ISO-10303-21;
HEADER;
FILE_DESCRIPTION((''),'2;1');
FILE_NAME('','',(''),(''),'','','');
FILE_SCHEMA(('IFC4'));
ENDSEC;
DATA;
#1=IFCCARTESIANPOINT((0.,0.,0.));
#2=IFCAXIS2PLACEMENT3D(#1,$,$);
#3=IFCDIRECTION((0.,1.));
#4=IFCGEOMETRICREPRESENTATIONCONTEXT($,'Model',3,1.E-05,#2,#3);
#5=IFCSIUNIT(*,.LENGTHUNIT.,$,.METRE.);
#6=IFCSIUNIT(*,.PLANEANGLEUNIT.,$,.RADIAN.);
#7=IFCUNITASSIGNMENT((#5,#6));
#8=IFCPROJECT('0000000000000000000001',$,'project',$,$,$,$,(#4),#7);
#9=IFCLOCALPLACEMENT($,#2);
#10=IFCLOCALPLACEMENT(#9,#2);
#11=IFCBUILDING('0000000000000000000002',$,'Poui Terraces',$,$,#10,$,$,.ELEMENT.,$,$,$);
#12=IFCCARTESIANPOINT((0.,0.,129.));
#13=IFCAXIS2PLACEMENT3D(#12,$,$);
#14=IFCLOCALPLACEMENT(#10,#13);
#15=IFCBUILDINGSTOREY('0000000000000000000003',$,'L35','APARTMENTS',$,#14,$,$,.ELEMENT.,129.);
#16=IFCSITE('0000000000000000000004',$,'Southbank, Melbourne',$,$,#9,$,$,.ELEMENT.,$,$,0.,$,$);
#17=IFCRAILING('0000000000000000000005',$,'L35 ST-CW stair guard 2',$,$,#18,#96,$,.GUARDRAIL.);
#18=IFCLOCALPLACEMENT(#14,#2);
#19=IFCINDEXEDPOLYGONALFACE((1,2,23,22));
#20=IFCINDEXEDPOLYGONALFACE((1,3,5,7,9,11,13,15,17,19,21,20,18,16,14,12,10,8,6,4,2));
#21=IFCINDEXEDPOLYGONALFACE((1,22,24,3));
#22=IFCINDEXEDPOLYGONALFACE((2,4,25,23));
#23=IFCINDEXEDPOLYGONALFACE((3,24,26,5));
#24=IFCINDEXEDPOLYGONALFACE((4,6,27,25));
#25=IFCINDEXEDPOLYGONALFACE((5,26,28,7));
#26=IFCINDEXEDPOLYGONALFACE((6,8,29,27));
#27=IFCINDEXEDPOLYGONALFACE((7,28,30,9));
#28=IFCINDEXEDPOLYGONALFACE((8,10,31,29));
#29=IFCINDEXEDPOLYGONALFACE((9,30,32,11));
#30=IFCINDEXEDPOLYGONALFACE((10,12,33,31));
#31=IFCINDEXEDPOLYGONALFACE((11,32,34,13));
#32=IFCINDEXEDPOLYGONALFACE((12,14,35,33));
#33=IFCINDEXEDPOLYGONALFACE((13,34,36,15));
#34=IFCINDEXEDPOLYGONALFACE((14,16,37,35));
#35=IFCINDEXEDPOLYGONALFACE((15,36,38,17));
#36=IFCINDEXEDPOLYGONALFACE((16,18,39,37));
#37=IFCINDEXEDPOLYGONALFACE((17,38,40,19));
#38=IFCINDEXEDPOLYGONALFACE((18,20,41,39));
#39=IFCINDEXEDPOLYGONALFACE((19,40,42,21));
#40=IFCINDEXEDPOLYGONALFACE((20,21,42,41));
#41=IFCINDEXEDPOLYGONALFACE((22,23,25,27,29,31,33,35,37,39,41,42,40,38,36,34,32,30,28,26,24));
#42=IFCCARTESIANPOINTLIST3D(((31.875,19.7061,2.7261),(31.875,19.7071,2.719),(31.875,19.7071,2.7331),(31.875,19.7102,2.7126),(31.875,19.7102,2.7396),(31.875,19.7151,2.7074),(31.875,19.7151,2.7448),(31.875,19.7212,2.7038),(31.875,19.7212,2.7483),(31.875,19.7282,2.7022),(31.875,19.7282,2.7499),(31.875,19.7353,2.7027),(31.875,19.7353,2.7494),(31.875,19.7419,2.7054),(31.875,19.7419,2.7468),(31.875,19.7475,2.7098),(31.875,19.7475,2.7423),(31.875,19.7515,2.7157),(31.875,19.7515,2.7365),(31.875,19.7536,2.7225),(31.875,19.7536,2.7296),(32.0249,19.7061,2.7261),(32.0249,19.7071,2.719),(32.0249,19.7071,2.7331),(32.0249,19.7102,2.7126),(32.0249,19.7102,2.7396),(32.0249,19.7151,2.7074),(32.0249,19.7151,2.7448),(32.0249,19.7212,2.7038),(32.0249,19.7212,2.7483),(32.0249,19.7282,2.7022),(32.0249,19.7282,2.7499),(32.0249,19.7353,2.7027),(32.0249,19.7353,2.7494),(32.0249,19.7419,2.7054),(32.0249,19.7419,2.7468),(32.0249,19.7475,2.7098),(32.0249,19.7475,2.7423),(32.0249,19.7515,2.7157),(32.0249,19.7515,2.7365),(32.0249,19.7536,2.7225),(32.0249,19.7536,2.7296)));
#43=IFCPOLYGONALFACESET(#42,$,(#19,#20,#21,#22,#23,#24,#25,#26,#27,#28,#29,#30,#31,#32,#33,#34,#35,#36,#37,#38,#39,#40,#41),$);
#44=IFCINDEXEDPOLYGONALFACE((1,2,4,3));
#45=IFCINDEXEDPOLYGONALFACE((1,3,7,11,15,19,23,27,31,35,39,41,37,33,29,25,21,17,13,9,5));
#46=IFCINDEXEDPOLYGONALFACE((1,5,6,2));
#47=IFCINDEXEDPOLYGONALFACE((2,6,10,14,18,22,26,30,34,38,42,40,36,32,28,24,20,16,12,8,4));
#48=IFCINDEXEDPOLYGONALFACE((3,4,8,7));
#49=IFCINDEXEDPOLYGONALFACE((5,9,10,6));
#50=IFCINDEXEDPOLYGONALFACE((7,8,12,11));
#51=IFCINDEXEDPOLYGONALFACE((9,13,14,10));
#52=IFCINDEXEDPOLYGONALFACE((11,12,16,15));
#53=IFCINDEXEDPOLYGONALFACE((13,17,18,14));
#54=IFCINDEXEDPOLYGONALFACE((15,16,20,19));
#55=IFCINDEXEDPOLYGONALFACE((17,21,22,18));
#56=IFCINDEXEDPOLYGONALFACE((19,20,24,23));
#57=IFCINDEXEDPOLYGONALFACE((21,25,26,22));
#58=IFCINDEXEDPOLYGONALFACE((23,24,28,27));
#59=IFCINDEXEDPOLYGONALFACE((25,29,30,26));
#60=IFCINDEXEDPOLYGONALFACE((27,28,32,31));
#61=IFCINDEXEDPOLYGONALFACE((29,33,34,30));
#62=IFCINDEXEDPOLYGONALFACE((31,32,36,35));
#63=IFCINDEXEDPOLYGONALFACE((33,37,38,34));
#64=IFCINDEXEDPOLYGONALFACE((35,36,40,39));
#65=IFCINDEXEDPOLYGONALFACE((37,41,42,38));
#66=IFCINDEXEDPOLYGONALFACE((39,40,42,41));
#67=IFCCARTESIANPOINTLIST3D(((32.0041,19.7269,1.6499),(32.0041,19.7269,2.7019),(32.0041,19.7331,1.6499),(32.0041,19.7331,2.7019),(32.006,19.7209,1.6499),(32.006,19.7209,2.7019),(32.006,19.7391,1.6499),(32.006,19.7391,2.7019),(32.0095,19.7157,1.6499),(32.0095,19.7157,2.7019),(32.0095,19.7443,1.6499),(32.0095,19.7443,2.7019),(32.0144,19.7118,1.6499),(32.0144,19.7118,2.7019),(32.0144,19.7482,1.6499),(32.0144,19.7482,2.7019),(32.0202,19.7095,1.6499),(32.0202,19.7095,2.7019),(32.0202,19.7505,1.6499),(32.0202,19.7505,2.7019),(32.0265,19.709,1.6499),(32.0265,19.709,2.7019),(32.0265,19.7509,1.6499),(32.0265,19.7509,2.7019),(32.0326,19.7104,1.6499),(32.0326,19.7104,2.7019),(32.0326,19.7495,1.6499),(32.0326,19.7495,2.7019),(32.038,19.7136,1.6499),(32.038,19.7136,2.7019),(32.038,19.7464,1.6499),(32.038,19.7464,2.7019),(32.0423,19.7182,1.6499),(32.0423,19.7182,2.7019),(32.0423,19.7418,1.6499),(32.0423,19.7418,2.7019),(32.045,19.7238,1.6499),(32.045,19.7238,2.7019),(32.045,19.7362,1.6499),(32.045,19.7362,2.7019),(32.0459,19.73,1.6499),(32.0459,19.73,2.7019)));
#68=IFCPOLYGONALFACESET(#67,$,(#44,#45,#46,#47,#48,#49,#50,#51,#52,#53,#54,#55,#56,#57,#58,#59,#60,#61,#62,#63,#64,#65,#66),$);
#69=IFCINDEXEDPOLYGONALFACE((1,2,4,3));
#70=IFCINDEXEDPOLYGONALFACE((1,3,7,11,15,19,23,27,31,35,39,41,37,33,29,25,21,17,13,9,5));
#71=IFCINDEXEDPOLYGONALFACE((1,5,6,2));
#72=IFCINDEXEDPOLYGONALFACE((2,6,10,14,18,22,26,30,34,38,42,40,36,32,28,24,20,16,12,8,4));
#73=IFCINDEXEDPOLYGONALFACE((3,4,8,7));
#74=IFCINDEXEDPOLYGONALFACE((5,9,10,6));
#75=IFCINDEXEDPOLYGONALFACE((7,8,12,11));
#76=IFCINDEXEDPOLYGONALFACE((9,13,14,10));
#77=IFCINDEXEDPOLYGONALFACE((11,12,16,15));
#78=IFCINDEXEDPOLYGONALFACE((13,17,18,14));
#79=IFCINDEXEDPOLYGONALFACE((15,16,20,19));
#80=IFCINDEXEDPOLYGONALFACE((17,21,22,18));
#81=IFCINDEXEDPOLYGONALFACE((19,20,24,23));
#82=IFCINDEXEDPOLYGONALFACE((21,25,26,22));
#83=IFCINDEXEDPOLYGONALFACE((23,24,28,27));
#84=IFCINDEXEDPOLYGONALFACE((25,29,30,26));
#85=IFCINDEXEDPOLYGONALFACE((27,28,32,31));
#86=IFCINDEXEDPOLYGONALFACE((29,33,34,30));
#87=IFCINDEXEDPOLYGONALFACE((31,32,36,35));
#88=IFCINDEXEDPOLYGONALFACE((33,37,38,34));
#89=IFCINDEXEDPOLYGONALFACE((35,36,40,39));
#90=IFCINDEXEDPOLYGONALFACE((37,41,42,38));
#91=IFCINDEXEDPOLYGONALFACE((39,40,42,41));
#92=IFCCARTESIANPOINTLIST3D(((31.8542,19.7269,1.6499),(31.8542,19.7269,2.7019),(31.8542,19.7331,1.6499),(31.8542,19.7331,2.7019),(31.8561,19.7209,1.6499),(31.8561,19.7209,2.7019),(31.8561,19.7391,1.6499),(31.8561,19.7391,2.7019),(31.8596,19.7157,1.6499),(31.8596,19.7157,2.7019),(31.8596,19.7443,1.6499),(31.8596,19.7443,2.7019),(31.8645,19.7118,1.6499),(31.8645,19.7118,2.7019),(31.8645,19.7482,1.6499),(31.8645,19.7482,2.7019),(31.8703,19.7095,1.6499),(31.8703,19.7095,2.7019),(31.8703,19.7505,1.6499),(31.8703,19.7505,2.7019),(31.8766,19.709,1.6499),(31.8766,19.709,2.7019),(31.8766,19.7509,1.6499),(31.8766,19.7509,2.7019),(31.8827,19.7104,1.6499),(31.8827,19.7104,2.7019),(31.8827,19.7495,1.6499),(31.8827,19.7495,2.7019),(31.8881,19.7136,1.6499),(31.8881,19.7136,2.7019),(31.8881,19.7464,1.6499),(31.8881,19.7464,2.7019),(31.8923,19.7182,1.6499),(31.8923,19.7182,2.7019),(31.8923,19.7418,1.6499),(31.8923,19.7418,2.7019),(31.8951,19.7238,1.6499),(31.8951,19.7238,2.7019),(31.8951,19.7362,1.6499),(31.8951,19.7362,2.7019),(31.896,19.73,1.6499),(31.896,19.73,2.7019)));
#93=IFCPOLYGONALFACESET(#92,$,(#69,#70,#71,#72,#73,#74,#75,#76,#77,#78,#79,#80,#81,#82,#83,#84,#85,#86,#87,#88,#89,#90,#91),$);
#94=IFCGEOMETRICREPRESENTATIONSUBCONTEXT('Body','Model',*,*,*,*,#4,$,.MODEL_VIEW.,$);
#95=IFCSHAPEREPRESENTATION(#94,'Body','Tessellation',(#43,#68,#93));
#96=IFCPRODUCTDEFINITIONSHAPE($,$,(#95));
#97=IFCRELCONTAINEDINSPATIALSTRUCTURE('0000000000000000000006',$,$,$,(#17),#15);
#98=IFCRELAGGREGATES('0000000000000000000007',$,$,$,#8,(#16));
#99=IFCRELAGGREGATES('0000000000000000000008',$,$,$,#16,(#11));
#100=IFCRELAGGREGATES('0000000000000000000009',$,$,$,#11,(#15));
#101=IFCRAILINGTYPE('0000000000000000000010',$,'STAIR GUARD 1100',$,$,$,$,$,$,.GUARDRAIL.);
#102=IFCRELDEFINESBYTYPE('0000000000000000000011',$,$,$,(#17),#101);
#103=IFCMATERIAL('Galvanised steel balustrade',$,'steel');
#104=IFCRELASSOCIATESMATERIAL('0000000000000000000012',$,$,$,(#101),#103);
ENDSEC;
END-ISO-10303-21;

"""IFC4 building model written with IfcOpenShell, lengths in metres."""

from ifc_helpers import new_model, si_unit, direction, frame, origin, origin_2d, place, context, subcontext, project, spatial, circle, extrude, material, type_object, element, save


model = new_model("IFC4")

# Units and contexts
model_context = context("Model", 3, precision=1e-05, world=origin(), true_north=direction((0.0, 1.0)))
body_context = subcontext(model_context, "Body", "Model", "MODEL_VIEW")
ifc_project = project(units=[si_unit("LENGTHUNIT", "METRE"), si_unit("PLANEANGLEUNIT", "RADIAN")], contexts=[model_context])

# Site, building, storey
site_placement = place(None, origin())
site = spatial("IfcSite", under=ifc_project, at=site_placement, Name="Southbank, Melbourne", CompositionType="ELEMENT", RefElevation=0.0)
building_placement = place(site_placement, origin())
building = spatial("IfcBuilding", under=site, at=building_placement, Name="Poui Terraces", CompositionType="ELEMENT")
storey_placement = place(building_placement, frame((0.0, 0.0, 129.0)))
storey = spatial("IfcBuildingStorey", under=building, at=storey_placement, Name="L35", Description="APARTMENTS", CompositionType="ELEMENT", Elevation=129.0)

# Railing
ifc_material_1 = material(Name="Galvanised steel balustrade", Category="steel")
railing_type_1 = type_object("IfcRailingType", Name="STAIR GUARD 1100", PredefinedType="GUARDRAIL", material=ifc_material_1)
railing_1_placement = place(storey_placement, frame((32.0249, 19.73, 1.6499)))
element("IfcRailing", 1, at=railing_1_placement, inside=storey, type_object=railing_type_1, Name="L35 ST-CW stair guard 2", PredefinedType="GUARDRAIL", context=body_context, shape_type="SweptSolid", body=[
    extrude(circle(Radius=0.0239, at=origin_2d()), frame((0.0, 0.0, 1.0762), z_axis=(-1.0, 0.0, 0.0), x_axis=(0.0, -1.0, 0.0)), (0.0, 0.0, 1.0), 0.1499),
    extrude(circle(Radius=0.021, at=origin_2d()), origin(), (0.0, 0.0, 1.0), 1.052),
    extrude(circle(Radius=0.021, at=origin_2d()), frame((-0.1499, 0.0, 0.0)), (0.0, 0.0, 1.0), 1.052),
])

save(model, "model.ifc")
